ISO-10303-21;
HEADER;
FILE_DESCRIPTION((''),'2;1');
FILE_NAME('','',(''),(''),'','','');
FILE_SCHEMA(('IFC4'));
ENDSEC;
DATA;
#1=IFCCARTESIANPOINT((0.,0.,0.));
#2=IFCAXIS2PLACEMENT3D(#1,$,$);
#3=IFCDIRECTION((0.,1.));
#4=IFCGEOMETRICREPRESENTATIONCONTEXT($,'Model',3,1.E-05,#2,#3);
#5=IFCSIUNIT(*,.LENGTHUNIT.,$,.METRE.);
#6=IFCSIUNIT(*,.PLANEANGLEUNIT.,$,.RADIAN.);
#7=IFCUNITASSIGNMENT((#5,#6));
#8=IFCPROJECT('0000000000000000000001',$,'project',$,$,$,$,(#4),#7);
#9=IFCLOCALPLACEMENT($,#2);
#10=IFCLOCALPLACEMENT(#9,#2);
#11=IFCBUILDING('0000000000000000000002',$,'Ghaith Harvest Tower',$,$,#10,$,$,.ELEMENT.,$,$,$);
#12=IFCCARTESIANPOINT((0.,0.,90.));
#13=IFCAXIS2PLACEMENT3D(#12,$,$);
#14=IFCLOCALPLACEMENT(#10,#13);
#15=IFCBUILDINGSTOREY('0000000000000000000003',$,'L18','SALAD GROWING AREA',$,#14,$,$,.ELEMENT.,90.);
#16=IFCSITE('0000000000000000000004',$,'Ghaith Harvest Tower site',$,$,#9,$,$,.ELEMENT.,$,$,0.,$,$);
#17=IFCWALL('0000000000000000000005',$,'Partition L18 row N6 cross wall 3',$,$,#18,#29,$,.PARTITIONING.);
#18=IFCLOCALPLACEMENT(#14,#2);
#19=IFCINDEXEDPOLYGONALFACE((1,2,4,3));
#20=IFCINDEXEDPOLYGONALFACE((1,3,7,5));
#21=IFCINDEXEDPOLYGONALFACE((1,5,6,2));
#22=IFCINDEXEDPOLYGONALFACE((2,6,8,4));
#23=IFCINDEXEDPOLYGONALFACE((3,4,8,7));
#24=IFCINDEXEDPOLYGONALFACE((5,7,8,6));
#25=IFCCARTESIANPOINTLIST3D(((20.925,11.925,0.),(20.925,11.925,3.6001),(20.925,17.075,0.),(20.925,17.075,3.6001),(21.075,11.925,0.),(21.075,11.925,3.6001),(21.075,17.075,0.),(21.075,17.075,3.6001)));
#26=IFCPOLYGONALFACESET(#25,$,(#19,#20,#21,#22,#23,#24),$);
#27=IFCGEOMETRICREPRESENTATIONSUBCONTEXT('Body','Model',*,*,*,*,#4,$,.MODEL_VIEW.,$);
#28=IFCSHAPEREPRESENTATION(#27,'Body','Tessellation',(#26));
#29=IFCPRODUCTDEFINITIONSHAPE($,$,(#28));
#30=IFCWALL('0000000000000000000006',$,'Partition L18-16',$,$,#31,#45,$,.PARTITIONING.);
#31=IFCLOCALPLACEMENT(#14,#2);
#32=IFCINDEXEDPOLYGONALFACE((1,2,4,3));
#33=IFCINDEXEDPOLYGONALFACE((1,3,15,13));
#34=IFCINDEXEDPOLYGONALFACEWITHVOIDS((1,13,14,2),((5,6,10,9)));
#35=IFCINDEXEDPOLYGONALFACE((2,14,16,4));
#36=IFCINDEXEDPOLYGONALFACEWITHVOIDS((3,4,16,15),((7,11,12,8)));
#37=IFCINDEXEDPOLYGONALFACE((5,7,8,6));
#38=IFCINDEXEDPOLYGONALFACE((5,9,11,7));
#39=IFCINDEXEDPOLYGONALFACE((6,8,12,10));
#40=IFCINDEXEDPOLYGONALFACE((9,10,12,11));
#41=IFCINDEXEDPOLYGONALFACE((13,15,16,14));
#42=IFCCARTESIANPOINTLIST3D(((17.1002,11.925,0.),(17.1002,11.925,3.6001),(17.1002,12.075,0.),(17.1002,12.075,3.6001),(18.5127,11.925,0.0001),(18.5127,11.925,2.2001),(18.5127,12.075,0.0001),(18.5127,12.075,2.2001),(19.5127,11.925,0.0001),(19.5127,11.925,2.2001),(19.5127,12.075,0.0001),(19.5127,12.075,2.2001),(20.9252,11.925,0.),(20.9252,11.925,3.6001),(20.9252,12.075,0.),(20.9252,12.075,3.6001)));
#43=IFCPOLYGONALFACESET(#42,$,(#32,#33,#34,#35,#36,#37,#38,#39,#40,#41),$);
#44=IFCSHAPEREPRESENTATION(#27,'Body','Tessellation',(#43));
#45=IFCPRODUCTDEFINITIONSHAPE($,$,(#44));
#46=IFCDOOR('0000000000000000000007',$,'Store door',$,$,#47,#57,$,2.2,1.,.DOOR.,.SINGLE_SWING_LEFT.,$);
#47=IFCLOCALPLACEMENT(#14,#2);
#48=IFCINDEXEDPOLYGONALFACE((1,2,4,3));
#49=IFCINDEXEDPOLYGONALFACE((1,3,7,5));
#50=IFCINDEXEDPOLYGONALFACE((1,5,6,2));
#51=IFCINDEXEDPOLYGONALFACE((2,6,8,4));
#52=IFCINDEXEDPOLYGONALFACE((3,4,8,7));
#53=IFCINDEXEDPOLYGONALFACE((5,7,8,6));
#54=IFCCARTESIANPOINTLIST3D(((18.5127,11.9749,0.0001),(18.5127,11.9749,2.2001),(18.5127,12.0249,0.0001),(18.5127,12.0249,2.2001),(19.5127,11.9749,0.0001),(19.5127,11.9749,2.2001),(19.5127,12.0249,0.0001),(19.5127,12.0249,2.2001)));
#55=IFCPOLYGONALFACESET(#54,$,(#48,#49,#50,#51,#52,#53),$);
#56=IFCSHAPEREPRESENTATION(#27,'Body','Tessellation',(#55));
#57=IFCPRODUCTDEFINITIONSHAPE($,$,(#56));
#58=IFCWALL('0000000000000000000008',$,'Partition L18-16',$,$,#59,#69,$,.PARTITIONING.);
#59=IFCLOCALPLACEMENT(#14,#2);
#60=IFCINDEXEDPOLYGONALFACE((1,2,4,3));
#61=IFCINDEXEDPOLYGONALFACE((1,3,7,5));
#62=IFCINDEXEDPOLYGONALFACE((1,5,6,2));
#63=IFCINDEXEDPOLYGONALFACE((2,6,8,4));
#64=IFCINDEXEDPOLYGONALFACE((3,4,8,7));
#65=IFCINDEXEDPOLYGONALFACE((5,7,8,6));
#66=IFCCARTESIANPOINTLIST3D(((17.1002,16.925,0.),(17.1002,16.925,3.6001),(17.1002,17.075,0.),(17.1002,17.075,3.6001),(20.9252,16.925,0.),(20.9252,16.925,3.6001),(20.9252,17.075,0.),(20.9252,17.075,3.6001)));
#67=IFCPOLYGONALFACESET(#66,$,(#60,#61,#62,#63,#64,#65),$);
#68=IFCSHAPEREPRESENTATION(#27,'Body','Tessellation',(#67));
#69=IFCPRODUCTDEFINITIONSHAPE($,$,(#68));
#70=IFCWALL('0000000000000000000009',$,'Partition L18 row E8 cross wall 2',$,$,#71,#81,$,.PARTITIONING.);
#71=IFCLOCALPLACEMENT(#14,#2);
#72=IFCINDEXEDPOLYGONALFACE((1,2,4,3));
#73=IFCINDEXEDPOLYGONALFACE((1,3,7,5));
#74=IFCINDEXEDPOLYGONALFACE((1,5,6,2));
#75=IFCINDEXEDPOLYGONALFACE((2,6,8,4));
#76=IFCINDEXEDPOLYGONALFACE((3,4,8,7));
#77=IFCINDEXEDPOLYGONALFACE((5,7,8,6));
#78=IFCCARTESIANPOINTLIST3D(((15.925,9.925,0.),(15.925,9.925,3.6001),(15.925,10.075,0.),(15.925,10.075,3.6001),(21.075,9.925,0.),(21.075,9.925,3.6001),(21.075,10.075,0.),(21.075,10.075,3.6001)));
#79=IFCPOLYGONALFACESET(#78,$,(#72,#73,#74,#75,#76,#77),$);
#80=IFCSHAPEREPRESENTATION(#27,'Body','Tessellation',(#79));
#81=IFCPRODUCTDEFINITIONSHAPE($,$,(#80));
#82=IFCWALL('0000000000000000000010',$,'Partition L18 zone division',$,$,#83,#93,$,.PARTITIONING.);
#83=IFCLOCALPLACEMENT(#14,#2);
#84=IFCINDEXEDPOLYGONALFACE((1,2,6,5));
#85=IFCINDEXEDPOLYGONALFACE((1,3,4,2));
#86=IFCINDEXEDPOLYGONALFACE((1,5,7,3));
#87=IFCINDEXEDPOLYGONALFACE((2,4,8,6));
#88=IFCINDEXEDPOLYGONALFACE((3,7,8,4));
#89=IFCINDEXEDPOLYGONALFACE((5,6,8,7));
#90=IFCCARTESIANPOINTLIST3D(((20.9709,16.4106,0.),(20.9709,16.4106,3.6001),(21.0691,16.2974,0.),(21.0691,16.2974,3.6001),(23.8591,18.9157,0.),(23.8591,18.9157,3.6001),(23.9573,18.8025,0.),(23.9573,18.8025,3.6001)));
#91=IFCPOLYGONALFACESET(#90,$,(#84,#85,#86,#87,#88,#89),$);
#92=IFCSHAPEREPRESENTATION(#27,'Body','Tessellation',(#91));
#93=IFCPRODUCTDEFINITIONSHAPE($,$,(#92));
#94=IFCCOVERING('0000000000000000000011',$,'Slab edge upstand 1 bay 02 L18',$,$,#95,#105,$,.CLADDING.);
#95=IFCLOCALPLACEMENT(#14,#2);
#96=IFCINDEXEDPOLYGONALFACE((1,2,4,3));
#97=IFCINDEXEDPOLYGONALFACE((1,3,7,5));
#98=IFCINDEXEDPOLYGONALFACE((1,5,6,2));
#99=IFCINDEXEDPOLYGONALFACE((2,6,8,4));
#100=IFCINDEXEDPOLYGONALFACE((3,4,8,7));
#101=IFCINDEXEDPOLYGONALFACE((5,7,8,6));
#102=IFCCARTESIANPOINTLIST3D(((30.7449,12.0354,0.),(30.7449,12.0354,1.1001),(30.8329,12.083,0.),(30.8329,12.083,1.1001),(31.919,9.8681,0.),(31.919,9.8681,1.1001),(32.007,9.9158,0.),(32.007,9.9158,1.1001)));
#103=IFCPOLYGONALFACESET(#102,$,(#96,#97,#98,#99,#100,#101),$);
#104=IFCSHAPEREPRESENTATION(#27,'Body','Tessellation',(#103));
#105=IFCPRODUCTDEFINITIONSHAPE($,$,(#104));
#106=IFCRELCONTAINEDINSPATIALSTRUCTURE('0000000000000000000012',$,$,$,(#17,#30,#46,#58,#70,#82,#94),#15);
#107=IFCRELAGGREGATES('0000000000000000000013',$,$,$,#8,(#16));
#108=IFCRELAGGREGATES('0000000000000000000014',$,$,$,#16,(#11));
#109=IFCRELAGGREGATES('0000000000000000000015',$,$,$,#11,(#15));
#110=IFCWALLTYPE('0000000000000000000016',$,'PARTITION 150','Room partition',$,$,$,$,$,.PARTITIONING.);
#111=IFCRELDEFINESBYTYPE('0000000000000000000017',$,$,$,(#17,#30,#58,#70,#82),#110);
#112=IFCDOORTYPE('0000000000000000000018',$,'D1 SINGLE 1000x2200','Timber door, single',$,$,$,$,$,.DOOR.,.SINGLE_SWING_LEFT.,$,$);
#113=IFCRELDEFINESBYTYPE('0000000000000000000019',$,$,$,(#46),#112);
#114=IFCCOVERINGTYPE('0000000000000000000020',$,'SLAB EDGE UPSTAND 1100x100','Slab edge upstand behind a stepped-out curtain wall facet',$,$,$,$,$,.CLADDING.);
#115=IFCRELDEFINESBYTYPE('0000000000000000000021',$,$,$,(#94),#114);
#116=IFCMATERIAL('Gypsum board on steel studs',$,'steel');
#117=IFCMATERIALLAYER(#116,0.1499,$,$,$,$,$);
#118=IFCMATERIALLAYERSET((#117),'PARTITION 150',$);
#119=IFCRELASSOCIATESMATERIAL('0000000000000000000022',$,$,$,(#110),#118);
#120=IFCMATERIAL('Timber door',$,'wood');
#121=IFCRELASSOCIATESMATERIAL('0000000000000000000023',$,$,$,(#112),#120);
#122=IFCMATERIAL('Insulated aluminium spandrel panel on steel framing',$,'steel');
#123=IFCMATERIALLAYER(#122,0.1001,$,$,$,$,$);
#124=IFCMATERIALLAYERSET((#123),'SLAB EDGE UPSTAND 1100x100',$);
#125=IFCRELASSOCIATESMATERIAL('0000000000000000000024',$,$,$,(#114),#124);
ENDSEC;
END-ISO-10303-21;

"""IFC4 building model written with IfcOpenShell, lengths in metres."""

from ifc_helpers import new_model, si_unit, direction, frame, frame_2d, origin, origin_2d, place, context, subcontext, project, spatial, rectangle, extrude, material, layer, layer_set, type_object, element, fill, save


model = new_model("IFC4")

# Units and contexts
model_context = context("Model", 3, precision=1e-05, world=origin(), true_north=direction((0.0, 1.0)))
body_context = subcontext(model_context, "Body", "Model", "MODEL_VIEW")
ifc_project = project(units=[si_unit("LENGTHUNIT", "METRE"), si_unit("PLANEANGLEUNIT", "RADIAN")], contexts=[model_context])

# Site, building, storey
site_placement = place(None, origin())
site = spatial("IfcSite", under=ifc_project, at=site_placement, Name="Ghaith Harvest Tower site", CompositionType="ELEMENT", RefElevation=0.0)
building_placement = place(site_placement, origin())
building = spatial("IfcBuilding", under=site, at=building_placement, Name="Ghaith Harvest Tower", CompositionType="ELEMENT")
storey_placement = place(building_placement, frame((0.0, 0.0, 90.0)))
storey = spatial("IfcBuildingStorey", under=building, at=storey_placement, Name="L18", Description="SALAD GROWING AREA", CompositionType="ELEMENT", Elevation=90.0)

# Wall
ifc_material_1 = material(Name="Gypsum board on steel studs", Category="steel")
ifc_layer_1 = layer(ifc_material_1, 0.1499)
ifc_layer_set_1 = layer_set([ifc_layer_1], Name="PARTITION 150")
wall_type_1 = type_object("IfcWallType", Name="PARTITION 150", Description="Room partition", PredefinedType="PARTITIONING", material=ifc_layer_set_1)
wall_1_placement = place(storey_placement, frame((21.0, 11.925, 0.0), z_axis=(0.0, 0.0, 1.0), x_axis=(0.0, 1.0, 0.0)))
element("IfcWall", 1, at=wall_1_placement, inside=storey, type_object=wall_type_1, Name="Partition L18 row N6 cross wall 3", PredefinedType="PARTITIONING", context=body_context, shape_type="SweptSolid", body=[
    extrude(rectangle(XDim=5.1499, YDim=0.1499, at=frame_2d((2.575, 0.0))), origin(), (0.0, 0.0, 1.0), 3.6001),
])

# Wall, opening, door
wall_2_placement = place(storey_placement, frame((17.1001, 12.0, 0.0), z_axis=(0.0, 0.0, 1.0), x_axis=(1.0, 0.0, 0.0)))
wall_2 = element("IfcWall", 2, at=wall_2_placement, inside=storey, type_object=wall_type_1, Name="Partition L18-16", PredefinedType="PARTITIONING", context=body_context, shape_type="SweptSolid", body=[
    extrude(rectangle(XDim=3.825, YDim=0.1499, at=frame_2d((1.9126, 0.0))), origin(), (0.0, 0.0, 1.0), 3.6001),
])
opening_placement = place(wall_2_placement, frame((1.4126, 0.0, 0.0)))
opening = element("IfcOpeningElement", 3, at=opening_placement, cuts=wall_2, PredefinedType="OPENING", context=body_context, shape_type="SweptSolid", body=[
    extrude(rectangle(XDim=1.0, YDim=2.2, at=frame_2d((0.5, 1.1001))), frame((0.0, 0.085, 0.0), z_axis=(0.0, -1.0, 0.0), x_axis=(1.0, 0.0, 0.0)), (0.0, 0.0, 1.0), 0.1699),
])
ifc_material_2 = material(Name="Timber door", Category="wood")
door_type = type_object("IfcDoorType", Name="D1 SINGLE 1000x2200", Description="Timber door, single", OperationType="SINGLE_SWING_LEFT", PredefinedType="DOOR", material=ifc_material_2)
door_placement = place(opening_placement, origin())
door = element("IfcDoor", 4, at=door_placement, inside=storey, type_object=door_type, Name="Store door", OperationType="SINGLE_SWING_LEFT", OverallHeight=2.2, OverallWidth=1.0, PredefinedType="DOOR", context=body_context, shape_type="SweptSolid", body=[
    extrude(rectangle(XDim=1.0, YDim=2.2, at=frame_2d((0.5, 1.1001))), frame((0.0, 0.0249, 0.0), z_axis=(0.0, -1.0, 0.0), x_axis=(1.0, 0.0, 0.0)), (0.0, 0.0, 1.0), 0.05),
])
fill(opening, door)

# Walls
wall_3_placement = place(storey_placement, frame((17.1001, 17.0, 0.0), z_axis=(0.0, 0.0, 1.0), x_axis=(1.0, 0.0, 0.0)))
element("IfcWall", 5, at=wall_3_placement, inside=storey, type_object=wall_type_1, Name="Partition L18-16", PredefinedType="PARTITIONING", context=body_context, shape_type="SweptSolid", body=[
    extrude(rectangle(XDim=3.825, YDim=0.1499, at=frame_2d((1.9126, 0.0))), origin(), (0.0, 0.0, 1.0), 3.6001),
])
wall_4_placement = place(storey_placement, frame((15.925, 10.0, 0.0), z_axis=(0.0, 0.0, 1.0), x_axis=(1.0, 0.0, 0.0)))
element("IfcWall", 6, at=wall_4_placement, inside=storey, type_object=wall_type_1, Name="Partition L18 row E8 cross wall 2", PredefinedType="PARTITIONING", context=body_context, shape_type="SweptSolid", body=[
    extrude(rectangle(XDim=5.1499, YDim=0.1499, at=frame_2d((2.575, 0.0))), origin(), (0.0, 0.0, 1.0), 3.6001),
])
wall_5_placement = place(storey_placement, frame((21.02, 16.354, 0.0), z_axis=(0.0, 0.0, 1.0), x_axis=(0.755426, 0.655234, 0.0)))
element("IfcWall", 7, at=wall_5_placement, inside=storey, type_object=wall_type_1, Name="Partition L18 zone division", PredefinedType="PARTITIONING", context=body_context, shape_type="SweptSolid", body=[
    extrude(rectangle(XDim=3.8232, YDim=0.1499, at=frame_2d((1.9116, 0.0))), origin(), (0.0, 0.0, 1.0), 3.6001),
])

# Covering
ifc_material_3 = material(Name="Insulated aluminium spandrel panel on steel framing", Category="steel")
ifc_layer_2 = layer(ifc_material_3, 0.1001)
ifc_layer_set_2 = layer_set([ifc_layer_2], Name="SLAB EDGE UPSTAND 1100x100")
covering_type = type_object("IfcCoveringType", Name="SLAB EDGE UPSTAND 1100x100", Description="Slab edge upstand behind a stepped-out curtain wall facet", PredefinedType="CLADDING", material=ifc_layer_set_2)
covering_placement = place(storey_placement, frame((31.376, 10.9756, 0.0), z_axis=(0.0, 0.0, 1.0), x_axis=(-0.476349, 0.879256, 0.0)))
element("IfcCovering", 8, at=covering_placement, inside=storey, type_object=covering_type, Name="Slab edge upstand 1 bay 02 L18", PredefinedType="CLADDING", context=body_context, shape_type="SweptSolid", body=[
    extrude(rectangle(XDim=2.4648, YDim=0.1001, at=origin_2d()), origin(), (0.0, 0.0, 1.0), 1.1001),
])

save(model, "model.ifc")
